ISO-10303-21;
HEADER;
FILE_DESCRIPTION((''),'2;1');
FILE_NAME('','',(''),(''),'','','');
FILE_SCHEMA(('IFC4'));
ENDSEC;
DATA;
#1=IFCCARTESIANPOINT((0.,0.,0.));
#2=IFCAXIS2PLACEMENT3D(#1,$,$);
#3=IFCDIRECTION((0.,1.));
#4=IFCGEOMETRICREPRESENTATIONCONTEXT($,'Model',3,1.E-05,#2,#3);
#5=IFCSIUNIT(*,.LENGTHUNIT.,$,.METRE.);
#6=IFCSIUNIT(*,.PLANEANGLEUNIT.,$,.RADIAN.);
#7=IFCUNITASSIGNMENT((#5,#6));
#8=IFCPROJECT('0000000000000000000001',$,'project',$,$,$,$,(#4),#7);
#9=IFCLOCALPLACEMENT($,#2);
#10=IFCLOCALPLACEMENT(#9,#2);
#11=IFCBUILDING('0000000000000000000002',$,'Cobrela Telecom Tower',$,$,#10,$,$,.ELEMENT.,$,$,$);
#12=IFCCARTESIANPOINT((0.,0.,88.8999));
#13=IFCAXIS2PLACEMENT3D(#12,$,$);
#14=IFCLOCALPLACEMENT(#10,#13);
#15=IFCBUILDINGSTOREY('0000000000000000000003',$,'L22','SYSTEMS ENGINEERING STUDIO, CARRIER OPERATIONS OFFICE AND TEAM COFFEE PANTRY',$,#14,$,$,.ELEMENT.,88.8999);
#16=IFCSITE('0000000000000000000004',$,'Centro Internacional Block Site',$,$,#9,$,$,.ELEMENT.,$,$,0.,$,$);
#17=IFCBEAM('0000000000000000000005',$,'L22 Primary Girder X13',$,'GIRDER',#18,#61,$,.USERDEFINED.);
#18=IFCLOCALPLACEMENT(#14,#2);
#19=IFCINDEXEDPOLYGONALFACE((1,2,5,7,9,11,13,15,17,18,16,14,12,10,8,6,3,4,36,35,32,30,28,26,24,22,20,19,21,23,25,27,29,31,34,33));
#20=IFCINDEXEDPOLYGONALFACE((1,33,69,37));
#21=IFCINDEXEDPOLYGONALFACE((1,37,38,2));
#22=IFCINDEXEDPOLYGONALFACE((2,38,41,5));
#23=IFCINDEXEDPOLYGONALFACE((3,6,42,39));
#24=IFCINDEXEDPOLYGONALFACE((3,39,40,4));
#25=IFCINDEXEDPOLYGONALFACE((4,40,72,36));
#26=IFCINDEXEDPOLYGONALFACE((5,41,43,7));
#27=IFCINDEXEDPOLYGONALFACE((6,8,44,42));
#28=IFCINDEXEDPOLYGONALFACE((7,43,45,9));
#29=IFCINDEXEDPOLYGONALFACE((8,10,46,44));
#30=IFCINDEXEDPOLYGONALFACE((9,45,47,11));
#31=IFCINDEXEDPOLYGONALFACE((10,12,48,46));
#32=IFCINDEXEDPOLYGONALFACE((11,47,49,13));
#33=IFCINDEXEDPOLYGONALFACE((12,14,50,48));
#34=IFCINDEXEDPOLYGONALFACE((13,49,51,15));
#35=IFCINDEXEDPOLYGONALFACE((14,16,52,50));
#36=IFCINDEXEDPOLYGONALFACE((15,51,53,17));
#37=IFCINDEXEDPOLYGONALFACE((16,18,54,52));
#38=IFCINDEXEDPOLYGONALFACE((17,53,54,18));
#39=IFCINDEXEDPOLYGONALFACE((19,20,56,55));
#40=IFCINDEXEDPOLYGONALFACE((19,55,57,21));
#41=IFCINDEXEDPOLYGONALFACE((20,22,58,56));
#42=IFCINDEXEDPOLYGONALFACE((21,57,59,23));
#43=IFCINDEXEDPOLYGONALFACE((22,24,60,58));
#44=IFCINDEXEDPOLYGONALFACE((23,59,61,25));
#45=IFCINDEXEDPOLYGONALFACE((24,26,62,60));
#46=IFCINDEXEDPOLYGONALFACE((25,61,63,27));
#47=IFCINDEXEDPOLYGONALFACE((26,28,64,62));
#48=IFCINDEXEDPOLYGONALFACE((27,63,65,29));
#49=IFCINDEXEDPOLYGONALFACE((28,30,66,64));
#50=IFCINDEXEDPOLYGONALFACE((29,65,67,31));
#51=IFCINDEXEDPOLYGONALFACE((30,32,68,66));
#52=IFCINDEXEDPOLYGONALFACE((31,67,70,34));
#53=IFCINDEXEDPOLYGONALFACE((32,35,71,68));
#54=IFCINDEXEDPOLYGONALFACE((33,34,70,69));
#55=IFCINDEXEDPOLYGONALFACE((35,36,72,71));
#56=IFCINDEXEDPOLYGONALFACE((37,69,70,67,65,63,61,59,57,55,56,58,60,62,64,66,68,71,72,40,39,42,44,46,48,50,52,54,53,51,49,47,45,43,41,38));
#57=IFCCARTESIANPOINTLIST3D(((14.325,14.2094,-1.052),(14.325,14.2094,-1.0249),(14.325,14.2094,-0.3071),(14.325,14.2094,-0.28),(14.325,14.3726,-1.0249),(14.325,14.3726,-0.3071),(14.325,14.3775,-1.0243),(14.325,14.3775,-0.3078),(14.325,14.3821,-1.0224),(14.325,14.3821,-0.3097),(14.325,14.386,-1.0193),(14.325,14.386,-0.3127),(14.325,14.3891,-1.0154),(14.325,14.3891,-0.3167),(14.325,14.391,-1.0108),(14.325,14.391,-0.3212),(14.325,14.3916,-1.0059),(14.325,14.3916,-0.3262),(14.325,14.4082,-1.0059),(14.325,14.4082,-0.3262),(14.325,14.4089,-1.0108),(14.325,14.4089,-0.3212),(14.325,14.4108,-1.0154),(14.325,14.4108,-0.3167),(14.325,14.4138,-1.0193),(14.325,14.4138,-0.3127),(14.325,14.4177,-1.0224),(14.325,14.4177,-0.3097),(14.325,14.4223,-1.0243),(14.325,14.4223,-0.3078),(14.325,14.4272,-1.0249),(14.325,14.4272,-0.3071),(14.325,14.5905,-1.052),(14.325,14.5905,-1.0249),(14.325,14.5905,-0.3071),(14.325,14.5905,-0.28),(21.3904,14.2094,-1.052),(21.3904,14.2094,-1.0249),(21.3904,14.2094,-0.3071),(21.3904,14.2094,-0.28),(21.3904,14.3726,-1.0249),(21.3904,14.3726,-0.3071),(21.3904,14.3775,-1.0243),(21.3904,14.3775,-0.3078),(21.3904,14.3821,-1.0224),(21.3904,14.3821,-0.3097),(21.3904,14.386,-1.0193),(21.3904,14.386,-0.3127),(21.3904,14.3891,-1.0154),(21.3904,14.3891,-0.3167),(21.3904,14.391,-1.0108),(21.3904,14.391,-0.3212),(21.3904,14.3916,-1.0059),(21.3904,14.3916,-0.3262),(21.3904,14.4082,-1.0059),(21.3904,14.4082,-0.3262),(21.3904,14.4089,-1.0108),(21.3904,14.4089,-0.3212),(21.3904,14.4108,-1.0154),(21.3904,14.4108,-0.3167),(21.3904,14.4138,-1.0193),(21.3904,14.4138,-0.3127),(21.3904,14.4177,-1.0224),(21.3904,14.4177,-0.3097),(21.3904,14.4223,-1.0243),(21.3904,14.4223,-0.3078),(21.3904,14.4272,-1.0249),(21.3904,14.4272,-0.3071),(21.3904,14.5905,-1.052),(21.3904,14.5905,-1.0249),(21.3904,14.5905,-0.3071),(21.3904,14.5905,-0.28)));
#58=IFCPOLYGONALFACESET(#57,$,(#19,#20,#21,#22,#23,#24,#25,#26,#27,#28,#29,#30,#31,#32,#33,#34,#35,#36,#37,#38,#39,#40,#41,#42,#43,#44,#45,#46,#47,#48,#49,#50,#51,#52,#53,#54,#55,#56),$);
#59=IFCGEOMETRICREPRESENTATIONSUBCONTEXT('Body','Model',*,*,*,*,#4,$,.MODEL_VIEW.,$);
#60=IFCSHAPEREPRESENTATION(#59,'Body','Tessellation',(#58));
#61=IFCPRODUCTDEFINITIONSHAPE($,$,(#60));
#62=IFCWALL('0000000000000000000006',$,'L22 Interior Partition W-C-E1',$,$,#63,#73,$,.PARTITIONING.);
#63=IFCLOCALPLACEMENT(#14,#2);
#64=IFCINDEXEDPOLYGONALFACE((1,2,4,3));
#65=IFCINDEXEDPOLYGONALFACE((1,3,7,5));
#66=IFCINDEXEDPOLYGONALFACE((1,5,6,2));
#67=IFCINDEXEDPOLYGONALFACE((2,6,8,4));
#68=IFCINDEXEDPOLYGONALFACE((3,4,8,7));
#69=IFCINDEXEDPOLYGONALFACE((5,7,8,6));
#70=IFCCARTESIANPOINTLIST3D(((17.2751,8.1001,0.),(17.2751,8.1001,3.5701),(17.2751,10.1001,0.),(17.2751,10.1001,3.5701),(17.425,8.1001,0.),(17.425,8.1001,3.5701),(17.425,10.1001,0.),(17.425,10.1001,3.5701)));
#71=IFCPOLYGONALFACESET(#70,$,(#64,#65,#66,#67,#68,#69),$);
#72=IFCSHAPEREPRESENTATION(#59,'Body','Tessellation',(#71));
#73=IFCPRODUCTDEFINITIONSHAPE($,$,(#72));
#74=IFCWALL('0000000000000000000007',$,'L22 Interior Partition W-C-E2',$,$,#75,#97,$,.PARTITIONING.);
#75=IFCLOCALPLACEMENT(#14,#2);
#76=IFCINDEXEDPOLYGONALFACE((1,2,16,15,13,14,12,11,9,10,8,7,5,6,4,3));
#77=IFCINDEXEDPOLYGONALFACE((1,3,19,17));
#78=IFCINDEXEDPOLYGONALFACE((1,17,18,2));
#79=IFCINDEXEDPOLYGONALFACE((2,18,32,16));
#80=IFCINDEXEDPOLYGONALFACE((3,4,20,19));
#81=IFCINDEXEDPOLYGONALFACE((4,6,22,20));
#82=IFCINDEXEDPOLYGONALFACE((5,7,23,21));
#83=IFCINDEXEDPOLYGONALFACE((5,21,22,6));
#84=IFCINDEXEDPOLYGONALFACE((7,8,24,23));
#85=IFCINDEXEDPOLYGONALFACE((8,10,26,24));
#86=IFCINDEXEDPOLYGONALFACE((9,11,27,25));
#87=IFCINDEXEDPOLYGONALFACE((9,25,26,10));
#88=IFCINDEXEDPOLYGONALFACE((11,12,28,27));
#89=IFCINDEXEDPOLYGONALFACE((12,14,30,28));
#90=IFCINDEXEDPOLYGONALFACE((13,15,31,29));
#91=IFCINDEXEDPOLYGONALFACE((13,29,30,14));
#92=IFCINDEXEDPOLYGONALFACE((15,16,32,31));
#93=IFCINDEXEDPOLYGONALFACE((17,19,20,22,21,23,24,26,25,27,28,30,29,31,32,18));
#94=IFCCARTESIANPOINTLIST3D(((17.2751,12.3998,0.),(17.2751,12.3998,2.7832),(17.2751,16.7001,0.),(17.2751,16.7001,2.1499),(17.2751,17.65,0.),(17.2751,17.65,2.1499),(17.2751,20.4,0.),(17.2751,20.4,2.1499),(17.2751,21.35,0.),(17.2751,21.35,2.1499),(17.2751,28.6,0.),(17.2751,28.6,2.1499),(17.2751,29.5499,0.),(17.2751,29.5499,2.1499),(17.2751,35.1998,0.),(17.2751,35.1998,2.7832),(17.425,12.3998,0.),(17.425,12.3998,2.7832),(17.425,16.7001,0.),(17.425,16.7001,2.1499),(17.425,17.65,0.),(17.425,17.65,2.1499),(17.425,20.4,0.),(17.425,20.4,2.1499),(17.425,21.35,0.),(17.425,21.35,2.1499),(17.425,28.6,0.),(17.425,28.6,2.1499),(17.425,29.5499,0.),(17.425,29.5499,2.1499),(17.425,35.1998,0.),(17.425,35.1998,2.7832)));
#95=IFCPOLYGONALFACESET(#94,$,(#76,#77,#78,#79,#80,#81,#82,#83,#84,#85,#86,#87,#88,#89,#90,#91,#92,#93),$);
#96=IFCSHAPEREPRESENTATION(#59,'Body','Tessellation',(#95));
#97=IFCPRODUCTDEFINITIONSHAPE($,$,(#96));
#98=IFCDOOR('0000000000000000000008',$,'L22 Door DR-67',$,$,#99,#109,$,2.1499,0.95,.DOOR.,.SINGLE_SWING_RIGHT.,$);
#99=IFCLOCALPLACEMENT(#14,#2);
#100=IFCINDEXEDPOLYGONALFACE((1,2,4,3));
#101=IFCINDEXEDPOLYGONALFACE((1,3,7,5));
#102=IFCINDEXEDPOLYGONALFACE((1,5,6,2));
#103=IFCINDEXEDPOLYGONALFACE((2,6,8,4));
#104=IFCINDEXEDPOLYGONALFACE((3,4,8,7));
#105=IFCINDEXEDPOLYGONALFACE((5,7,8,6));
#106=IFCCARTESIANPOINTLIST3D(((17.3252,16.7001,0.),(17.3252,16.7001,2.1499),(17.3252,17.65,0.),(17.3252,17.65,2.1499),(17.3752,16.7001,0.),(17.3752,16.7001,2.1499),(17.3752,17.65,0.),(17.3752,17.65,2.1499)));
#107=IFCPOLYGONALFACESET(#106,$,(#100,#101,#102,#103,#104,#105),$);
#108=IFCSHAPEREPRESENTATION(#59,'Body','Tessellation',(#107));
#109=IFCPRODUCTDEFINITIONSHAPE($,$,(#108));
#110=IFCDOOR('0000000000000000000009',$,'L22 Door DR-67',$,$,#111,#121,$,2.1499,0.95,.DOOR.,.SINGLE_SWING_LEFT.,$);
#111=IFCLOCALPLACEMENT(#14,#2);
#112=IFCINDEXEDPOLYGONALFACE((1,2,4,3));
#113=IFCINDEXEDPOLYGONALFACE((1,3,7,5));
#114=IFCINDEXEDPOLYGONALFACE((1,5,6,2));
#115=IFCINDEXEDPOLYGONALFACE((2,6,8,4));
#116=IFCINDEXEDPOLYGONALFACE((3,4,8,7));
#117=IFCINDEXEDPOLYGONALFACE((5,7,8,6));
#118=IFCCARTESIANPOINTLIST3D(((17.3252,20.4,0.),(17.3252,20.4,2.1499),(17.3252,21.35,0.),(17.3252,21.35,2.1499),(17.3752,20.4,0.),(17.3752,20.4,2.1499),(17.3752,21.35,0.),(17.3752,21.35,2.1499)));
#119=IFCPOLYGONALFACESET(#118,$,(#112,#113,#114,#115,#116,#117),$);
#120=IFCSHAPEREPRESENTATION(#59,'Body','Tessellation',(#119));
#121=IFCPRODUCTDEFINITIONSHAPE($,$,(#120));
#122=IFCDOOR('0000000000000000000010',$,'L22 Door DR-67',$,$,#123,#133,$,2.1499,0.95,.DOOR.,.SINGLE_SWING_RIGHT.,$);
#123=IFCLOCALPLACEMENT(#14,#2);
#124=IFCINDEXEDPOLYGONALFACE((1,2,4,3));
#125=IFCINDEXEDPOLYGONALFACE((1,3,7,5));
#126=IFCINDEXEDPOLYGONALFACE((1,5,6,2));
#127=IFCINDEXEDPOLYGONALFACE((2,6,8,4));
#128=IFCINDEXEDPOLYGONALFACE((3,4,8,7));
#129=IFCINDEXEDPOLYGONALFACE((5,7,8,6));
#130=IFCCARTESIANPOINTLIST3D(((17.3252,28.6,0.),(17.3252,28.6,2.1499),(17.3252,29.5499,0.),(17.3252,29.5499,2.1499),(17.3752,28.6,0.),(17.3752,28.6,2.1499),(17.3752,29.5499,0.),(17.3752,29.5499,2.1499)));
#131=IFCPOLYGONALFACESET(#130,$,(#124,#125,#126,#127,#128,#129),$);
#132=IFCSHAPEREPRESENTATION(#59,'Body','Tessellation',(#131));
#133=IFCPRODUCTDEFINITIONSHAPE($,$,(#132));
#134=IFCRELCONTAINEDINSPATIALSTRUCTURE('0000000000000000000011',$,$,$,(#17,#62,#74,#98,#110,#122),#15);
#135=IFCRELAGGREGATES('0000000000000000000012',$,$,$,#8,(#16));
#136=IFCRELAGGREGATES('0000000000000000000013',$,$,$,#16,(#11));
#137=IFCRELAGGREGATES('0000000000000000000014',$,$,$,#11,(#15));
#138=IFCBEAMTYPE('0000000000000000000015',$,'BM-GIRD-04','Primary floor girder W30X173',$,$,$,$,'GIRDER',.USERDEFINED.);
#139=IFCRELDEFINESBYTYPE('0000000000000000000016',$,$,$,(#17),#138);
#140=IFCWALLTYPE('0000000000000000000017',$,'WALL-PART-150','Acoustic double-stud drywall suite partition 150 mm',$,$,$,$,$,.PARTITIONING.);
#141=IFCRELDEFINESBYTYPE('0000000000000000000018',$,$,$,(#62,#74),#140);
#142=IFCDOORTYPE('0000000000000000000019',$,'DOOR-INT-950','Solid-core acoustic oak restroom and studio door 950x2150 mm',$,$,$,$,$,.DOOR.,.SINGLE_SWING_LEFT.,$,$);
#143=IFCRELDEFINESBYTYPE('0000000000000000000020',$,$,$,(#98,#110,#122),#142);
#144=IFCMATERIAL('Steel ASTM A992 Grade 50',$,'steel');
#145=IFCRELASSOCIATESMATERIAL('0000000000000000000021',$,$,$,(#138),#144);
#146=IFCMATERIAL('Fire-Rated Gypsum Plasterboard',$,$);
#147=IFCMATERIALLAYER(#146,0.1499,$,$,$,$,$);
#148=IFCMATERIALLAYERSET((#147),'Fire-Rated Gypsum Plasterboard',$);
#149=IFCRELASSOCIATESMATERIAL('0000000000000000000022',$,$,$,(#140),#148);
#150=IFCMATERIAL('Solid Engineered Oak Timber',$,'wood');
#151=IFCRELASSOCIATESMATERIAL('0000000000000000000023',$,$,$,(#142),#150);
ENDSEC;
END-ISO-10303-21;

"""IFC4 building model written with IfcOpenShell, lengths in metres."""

from ifc_helpers import new_model, si_unit, direction, frame, frame_2d, origin, origin_2d, place, context, subcontext, project, spatial, rectangle, i_section, extrude, material, layer, layer_set, material_profile, profile_set, type_object, element, fill, save


model = new_model("IFC4")

# Units and contexts
model_context = context("Model", 3, precision=1e-05, world=origin(), true_north=direction((0.0, 1.0)))
body_context = subcontext(model_context, "Body", "Model", "MODEL_VIEW")
ifc_project = project(units=[si_unit("LENGTHUNIT", "METRE"), si_unit("PLANEANGLEUNIT", "RADIAN")], contexts=[model_context])

# Site, building, storey
site_placement = place(None, origin())
site = spatial("IfcSite", under=ifc_project, at=site_placement, Name="Centro Internacional Block Site", CompositionType="ELEMENT", RefElevation=0.0)
building_placement = place(site_placement, origin())
building = spatial("IfcBuilding", under=site, at=building_placement, Name="Cobrela Telecom Tower", CompositionType="ELEMENT")
storey_placement = place(building_placement, frame((0.0, 0.0, 88.8999)))
storey = spatial("IfcBuildingStorey", under=building, at=storey_placement, Name="L22", Description="SYSTEMS ENGINEERING STUDIO, CARRIER OPERATIONS OFFICE AND TEAM COFFEE PANTRY", CompositionType="ELEMENT", Elevation=88.8999)

# Beam
ifc_material_1 = material(Name="Steel ASTM A992 Grade 50", Category="steel")
ifc_material_profile = material_profile(ifc_material_1, i_section(OverallWidth=0.3811, OverallDepth=0.772, WebThickness=0.0166, FlangeThickness=0.0271, FilletRadius=0.019, at=origin_2d()), Name="W30X173")
ifc_profile_set = profile_set([ifc_material_profile], Name="Steel ASTM A992 Grade 50")
beam_type = type_object("IfcBeamType", Name="BM-GIRD-04", Description="Primary floor girder W30X173", ElementType="GIRDER", PredefinedType="USERDEFINED", material=ifc_profile_set)
beam_placement = place(storey_placement, frame((14.325, 14.3999, -0.666), z_axis=(1.0, 0.0, 0.0), x_axis=(0.0, 1.0, 0.0)))
element("IfcBeam", 1, at=beam_placement, inside=storey, type_object=beam_type, Name="L22 Primary Girder X13", ObjectType="GIRDER", PredefinedType="USERDEFINED", context=body_context, shape_type="SweptSolid", body=[
    extrude(i_section(OverallWidth=0.3811, OverallDepth=0.772, WebThickness=0.0166, FlangeThickness=0.0271, FilletRadius=0.019, at=origin_2d()), origin(), (0.0, 0.0, 1.0), 7.0654),
])

# Shared definitions
ifc_material_2 = material(Name="Fire-Rated Gypsum Plasterboard")
ifc_layer_1 = layer(ifc_material_2, 0.1499)
ifc_layer_set_1 = layer_set([ifc_layer_1], Name="Fire-Rated Gypsum Plasterboard")
wall_type_1 = type_object("IfcWallType", Name="WALL-PART-150", Description="Acoustic double-stud drywall suite partition 150 mm", PredefinedType="PARTITIONING", material=ifc_layer_set_1)
ifc_material_3 = material(Name="Solid Engineered Oak Timber", Category="wood")
door_type_1 = type_object("IfcDoorType", Name="DOOR-INT-950", Description="Solid-core acoustic oak restroom and studio door 950x2150 mm", OperationType="SINGLE_SWING_LEFT", PredefinedType="DOOR", material=ifc_material_3)

# Wall
wall_1_placement = place(storey_placement, frame((17.3501, 8.1001, 0.0), z_axis=(0.0, 0.0, 1.0), x_axis=(0.0, 1.0, 0.0)))
element("IfcWall", 2, at=wall_1_placement, inside=storey, type_object=wall_type_1, Name="L22 Interior Partition W-C-E1", PredefinedType="PARTITIONING", context=body_context, shape_type="SweptSolid", body=[
    extrude(rectangle(XDim=2.0, YDim=0.1499, at=frame_2d((1.0, 0.0))), origin(), (0.0, 0.0, 1.0), 3.5701),
])

# Wall, openings, doors
wall_2_placement = place(storey_placement, frame((17.3501, 12.3999, 0.0), z_axis=(0.0, 0.0, 1.0), x_axis=(0.0, 1.0, 0.0)))
wall_2 = element("IfcWall", 3, at=wall_2_placement, inside=storey, type_object=wall_type_1, Name="L22 Interior Partition W-C-E2", PredefinedType="PARTITIONING", context=body_context, shape_type="SweptSolid", body=[
    extrude(rectangle(XDim=22.8, YDim=0.1499, at=frame_2d((11.3999, 0.0))), origin(), (0.0, 0.0, 1.0), 2.7832),
])
opening_1_placement = place(wall_2_placement, frame((4.3, 0.0, 0.0)))
opening_1 = element("IfcOpeningElement", 4, at=opening_1_placement, cuts=wall_2, PredefinedType="OPENING", context=body_context, shape_type="SweptSolid", body=[
    extrude(rectangle(XDim=0.95, YDim=2.1499, at=frame_2d((0.4751, 1.075))), frame((0.0, 0.0869, 0.0), z_axis=(0.0, -1.0, 0.0), x_axis=(1.0, 0.0, 0.0)), (0.0, 0.0, 1.0), 0.1738),
])
opening_2_placement = place(wall_2_placement, frame((8.0, 0.0, 0.0)))
opening_2 = element("IfcOpeningElement", 5, at=opening_2_placement, cuts=wall_2, PredefinedType="OPENING", context=body_context, shape_type="SweptSolid", body=[
    extrude(rectangle(XDim=0.95, YDim=2.1499, at=frame_2d((0.4751, 1.075))), frame((0.0, 0.0869, 0.0), z_axis=(0.0, -1.0, 0.0), x_axis=(1.0, 0.0, 0.0)), (0.0, 0.0, 1.0), 0.1738),
])
opening_3_placement = place(wall_2_placement, frame((16.2, 0.0, 0.0)))
opening_3 = element("IfcOpeningElement", 6, at=opening_3_placement, cuts=wall_2, PredefinedType="OPENING", context=body_context, shape_type="SweptSolid", body=[
    extrude(rectangle(XDim=0.95, YDim=2.1499, at=frame_2d((0.4751, 1.075))), frame((0.0, 0.0869, 0.0), z_axis=(0.0, -1.0, 0.0), x_axis=(1.0, 0.0, 0.0)), (0.0, 0.0, 1.0), 0.1738),
])
door_1_placement = place(opening_1_placement, origin())
door_1 = element("IfcDoor", 7, at=door_1_placement, inside=storey, type_object=door_type_1, Name="L22 Door DR-67", OperationType="SINGLE_SWING_RIGHT", OverallHeight=2.1499, OverallWidth=0.95, PredefinedType="DOOR", context=body_context, shape_type="SweptSolid", body=[
    extrude(rectangle(XDim=0.95, YDim=2.1499, at=frame_2d((0.4751, 1.075))), frame((0.0, 0.0249, 0.0), z_axis=(0.0, -1.0, 0.0), x_axis=(1.0, 0.0, 0.0)), (0.0, 0.0, 1.0), 0.05),
])
fill(opening_1, door_1)
door_2_placement = place(opening_2_placement, origin())
door_2 = element("IfcDoor", 8, at=door_2_placement, inside=storey, type_object=door_type_1, Name="L22 Door DR-67", OperationType="SINGLE_SWING_LEFT", OverallHeight=2.1499, OverallWidth=0.95, PredefinedType="DOOR", context=body_context, shape_type="SweptSolid", body=[
    extrude(rectangle(XDim=0.95, YDim=2.1499, at=frame_2d((0.4751, 1.075))), frame((0.0, 0.0249, 0.0), z_axis=(0.0, -1.0, 0.0), x_axis=(1.0, 0.0, 0.0)), (0.0, 0.0, 1.0), 0.05),
])
fill(opening_2, door_2)
door_3_placement = place(opening_3_placement, origin())
door_3 = element("IfcDoor", 9, at=door_3_placement, inside=storey, type_object=door_type_1, Name="L22 Door DR-67", OperationType="SINGLE_SWING_RIGHT", OverallHeight=2.1499, OverallWidth=0.95, PredefinedType="DOOR", context=body_context, shape_type="SweptSolid", body=[
    extrude(rectangle(XDim=0.95, YDim=2.1499, at=frame_2d((0.4751, 1.075))), frame((0.0, 0.0249, 0.0), z_axis=(0.0, -1.0, 0.0), x_axis=(1.0, 0.0, 0.0)), (0.0, 0.0, 1.0), 0.05),
])
fill(opening_3, door_3)

save(model, "model.ifc")
